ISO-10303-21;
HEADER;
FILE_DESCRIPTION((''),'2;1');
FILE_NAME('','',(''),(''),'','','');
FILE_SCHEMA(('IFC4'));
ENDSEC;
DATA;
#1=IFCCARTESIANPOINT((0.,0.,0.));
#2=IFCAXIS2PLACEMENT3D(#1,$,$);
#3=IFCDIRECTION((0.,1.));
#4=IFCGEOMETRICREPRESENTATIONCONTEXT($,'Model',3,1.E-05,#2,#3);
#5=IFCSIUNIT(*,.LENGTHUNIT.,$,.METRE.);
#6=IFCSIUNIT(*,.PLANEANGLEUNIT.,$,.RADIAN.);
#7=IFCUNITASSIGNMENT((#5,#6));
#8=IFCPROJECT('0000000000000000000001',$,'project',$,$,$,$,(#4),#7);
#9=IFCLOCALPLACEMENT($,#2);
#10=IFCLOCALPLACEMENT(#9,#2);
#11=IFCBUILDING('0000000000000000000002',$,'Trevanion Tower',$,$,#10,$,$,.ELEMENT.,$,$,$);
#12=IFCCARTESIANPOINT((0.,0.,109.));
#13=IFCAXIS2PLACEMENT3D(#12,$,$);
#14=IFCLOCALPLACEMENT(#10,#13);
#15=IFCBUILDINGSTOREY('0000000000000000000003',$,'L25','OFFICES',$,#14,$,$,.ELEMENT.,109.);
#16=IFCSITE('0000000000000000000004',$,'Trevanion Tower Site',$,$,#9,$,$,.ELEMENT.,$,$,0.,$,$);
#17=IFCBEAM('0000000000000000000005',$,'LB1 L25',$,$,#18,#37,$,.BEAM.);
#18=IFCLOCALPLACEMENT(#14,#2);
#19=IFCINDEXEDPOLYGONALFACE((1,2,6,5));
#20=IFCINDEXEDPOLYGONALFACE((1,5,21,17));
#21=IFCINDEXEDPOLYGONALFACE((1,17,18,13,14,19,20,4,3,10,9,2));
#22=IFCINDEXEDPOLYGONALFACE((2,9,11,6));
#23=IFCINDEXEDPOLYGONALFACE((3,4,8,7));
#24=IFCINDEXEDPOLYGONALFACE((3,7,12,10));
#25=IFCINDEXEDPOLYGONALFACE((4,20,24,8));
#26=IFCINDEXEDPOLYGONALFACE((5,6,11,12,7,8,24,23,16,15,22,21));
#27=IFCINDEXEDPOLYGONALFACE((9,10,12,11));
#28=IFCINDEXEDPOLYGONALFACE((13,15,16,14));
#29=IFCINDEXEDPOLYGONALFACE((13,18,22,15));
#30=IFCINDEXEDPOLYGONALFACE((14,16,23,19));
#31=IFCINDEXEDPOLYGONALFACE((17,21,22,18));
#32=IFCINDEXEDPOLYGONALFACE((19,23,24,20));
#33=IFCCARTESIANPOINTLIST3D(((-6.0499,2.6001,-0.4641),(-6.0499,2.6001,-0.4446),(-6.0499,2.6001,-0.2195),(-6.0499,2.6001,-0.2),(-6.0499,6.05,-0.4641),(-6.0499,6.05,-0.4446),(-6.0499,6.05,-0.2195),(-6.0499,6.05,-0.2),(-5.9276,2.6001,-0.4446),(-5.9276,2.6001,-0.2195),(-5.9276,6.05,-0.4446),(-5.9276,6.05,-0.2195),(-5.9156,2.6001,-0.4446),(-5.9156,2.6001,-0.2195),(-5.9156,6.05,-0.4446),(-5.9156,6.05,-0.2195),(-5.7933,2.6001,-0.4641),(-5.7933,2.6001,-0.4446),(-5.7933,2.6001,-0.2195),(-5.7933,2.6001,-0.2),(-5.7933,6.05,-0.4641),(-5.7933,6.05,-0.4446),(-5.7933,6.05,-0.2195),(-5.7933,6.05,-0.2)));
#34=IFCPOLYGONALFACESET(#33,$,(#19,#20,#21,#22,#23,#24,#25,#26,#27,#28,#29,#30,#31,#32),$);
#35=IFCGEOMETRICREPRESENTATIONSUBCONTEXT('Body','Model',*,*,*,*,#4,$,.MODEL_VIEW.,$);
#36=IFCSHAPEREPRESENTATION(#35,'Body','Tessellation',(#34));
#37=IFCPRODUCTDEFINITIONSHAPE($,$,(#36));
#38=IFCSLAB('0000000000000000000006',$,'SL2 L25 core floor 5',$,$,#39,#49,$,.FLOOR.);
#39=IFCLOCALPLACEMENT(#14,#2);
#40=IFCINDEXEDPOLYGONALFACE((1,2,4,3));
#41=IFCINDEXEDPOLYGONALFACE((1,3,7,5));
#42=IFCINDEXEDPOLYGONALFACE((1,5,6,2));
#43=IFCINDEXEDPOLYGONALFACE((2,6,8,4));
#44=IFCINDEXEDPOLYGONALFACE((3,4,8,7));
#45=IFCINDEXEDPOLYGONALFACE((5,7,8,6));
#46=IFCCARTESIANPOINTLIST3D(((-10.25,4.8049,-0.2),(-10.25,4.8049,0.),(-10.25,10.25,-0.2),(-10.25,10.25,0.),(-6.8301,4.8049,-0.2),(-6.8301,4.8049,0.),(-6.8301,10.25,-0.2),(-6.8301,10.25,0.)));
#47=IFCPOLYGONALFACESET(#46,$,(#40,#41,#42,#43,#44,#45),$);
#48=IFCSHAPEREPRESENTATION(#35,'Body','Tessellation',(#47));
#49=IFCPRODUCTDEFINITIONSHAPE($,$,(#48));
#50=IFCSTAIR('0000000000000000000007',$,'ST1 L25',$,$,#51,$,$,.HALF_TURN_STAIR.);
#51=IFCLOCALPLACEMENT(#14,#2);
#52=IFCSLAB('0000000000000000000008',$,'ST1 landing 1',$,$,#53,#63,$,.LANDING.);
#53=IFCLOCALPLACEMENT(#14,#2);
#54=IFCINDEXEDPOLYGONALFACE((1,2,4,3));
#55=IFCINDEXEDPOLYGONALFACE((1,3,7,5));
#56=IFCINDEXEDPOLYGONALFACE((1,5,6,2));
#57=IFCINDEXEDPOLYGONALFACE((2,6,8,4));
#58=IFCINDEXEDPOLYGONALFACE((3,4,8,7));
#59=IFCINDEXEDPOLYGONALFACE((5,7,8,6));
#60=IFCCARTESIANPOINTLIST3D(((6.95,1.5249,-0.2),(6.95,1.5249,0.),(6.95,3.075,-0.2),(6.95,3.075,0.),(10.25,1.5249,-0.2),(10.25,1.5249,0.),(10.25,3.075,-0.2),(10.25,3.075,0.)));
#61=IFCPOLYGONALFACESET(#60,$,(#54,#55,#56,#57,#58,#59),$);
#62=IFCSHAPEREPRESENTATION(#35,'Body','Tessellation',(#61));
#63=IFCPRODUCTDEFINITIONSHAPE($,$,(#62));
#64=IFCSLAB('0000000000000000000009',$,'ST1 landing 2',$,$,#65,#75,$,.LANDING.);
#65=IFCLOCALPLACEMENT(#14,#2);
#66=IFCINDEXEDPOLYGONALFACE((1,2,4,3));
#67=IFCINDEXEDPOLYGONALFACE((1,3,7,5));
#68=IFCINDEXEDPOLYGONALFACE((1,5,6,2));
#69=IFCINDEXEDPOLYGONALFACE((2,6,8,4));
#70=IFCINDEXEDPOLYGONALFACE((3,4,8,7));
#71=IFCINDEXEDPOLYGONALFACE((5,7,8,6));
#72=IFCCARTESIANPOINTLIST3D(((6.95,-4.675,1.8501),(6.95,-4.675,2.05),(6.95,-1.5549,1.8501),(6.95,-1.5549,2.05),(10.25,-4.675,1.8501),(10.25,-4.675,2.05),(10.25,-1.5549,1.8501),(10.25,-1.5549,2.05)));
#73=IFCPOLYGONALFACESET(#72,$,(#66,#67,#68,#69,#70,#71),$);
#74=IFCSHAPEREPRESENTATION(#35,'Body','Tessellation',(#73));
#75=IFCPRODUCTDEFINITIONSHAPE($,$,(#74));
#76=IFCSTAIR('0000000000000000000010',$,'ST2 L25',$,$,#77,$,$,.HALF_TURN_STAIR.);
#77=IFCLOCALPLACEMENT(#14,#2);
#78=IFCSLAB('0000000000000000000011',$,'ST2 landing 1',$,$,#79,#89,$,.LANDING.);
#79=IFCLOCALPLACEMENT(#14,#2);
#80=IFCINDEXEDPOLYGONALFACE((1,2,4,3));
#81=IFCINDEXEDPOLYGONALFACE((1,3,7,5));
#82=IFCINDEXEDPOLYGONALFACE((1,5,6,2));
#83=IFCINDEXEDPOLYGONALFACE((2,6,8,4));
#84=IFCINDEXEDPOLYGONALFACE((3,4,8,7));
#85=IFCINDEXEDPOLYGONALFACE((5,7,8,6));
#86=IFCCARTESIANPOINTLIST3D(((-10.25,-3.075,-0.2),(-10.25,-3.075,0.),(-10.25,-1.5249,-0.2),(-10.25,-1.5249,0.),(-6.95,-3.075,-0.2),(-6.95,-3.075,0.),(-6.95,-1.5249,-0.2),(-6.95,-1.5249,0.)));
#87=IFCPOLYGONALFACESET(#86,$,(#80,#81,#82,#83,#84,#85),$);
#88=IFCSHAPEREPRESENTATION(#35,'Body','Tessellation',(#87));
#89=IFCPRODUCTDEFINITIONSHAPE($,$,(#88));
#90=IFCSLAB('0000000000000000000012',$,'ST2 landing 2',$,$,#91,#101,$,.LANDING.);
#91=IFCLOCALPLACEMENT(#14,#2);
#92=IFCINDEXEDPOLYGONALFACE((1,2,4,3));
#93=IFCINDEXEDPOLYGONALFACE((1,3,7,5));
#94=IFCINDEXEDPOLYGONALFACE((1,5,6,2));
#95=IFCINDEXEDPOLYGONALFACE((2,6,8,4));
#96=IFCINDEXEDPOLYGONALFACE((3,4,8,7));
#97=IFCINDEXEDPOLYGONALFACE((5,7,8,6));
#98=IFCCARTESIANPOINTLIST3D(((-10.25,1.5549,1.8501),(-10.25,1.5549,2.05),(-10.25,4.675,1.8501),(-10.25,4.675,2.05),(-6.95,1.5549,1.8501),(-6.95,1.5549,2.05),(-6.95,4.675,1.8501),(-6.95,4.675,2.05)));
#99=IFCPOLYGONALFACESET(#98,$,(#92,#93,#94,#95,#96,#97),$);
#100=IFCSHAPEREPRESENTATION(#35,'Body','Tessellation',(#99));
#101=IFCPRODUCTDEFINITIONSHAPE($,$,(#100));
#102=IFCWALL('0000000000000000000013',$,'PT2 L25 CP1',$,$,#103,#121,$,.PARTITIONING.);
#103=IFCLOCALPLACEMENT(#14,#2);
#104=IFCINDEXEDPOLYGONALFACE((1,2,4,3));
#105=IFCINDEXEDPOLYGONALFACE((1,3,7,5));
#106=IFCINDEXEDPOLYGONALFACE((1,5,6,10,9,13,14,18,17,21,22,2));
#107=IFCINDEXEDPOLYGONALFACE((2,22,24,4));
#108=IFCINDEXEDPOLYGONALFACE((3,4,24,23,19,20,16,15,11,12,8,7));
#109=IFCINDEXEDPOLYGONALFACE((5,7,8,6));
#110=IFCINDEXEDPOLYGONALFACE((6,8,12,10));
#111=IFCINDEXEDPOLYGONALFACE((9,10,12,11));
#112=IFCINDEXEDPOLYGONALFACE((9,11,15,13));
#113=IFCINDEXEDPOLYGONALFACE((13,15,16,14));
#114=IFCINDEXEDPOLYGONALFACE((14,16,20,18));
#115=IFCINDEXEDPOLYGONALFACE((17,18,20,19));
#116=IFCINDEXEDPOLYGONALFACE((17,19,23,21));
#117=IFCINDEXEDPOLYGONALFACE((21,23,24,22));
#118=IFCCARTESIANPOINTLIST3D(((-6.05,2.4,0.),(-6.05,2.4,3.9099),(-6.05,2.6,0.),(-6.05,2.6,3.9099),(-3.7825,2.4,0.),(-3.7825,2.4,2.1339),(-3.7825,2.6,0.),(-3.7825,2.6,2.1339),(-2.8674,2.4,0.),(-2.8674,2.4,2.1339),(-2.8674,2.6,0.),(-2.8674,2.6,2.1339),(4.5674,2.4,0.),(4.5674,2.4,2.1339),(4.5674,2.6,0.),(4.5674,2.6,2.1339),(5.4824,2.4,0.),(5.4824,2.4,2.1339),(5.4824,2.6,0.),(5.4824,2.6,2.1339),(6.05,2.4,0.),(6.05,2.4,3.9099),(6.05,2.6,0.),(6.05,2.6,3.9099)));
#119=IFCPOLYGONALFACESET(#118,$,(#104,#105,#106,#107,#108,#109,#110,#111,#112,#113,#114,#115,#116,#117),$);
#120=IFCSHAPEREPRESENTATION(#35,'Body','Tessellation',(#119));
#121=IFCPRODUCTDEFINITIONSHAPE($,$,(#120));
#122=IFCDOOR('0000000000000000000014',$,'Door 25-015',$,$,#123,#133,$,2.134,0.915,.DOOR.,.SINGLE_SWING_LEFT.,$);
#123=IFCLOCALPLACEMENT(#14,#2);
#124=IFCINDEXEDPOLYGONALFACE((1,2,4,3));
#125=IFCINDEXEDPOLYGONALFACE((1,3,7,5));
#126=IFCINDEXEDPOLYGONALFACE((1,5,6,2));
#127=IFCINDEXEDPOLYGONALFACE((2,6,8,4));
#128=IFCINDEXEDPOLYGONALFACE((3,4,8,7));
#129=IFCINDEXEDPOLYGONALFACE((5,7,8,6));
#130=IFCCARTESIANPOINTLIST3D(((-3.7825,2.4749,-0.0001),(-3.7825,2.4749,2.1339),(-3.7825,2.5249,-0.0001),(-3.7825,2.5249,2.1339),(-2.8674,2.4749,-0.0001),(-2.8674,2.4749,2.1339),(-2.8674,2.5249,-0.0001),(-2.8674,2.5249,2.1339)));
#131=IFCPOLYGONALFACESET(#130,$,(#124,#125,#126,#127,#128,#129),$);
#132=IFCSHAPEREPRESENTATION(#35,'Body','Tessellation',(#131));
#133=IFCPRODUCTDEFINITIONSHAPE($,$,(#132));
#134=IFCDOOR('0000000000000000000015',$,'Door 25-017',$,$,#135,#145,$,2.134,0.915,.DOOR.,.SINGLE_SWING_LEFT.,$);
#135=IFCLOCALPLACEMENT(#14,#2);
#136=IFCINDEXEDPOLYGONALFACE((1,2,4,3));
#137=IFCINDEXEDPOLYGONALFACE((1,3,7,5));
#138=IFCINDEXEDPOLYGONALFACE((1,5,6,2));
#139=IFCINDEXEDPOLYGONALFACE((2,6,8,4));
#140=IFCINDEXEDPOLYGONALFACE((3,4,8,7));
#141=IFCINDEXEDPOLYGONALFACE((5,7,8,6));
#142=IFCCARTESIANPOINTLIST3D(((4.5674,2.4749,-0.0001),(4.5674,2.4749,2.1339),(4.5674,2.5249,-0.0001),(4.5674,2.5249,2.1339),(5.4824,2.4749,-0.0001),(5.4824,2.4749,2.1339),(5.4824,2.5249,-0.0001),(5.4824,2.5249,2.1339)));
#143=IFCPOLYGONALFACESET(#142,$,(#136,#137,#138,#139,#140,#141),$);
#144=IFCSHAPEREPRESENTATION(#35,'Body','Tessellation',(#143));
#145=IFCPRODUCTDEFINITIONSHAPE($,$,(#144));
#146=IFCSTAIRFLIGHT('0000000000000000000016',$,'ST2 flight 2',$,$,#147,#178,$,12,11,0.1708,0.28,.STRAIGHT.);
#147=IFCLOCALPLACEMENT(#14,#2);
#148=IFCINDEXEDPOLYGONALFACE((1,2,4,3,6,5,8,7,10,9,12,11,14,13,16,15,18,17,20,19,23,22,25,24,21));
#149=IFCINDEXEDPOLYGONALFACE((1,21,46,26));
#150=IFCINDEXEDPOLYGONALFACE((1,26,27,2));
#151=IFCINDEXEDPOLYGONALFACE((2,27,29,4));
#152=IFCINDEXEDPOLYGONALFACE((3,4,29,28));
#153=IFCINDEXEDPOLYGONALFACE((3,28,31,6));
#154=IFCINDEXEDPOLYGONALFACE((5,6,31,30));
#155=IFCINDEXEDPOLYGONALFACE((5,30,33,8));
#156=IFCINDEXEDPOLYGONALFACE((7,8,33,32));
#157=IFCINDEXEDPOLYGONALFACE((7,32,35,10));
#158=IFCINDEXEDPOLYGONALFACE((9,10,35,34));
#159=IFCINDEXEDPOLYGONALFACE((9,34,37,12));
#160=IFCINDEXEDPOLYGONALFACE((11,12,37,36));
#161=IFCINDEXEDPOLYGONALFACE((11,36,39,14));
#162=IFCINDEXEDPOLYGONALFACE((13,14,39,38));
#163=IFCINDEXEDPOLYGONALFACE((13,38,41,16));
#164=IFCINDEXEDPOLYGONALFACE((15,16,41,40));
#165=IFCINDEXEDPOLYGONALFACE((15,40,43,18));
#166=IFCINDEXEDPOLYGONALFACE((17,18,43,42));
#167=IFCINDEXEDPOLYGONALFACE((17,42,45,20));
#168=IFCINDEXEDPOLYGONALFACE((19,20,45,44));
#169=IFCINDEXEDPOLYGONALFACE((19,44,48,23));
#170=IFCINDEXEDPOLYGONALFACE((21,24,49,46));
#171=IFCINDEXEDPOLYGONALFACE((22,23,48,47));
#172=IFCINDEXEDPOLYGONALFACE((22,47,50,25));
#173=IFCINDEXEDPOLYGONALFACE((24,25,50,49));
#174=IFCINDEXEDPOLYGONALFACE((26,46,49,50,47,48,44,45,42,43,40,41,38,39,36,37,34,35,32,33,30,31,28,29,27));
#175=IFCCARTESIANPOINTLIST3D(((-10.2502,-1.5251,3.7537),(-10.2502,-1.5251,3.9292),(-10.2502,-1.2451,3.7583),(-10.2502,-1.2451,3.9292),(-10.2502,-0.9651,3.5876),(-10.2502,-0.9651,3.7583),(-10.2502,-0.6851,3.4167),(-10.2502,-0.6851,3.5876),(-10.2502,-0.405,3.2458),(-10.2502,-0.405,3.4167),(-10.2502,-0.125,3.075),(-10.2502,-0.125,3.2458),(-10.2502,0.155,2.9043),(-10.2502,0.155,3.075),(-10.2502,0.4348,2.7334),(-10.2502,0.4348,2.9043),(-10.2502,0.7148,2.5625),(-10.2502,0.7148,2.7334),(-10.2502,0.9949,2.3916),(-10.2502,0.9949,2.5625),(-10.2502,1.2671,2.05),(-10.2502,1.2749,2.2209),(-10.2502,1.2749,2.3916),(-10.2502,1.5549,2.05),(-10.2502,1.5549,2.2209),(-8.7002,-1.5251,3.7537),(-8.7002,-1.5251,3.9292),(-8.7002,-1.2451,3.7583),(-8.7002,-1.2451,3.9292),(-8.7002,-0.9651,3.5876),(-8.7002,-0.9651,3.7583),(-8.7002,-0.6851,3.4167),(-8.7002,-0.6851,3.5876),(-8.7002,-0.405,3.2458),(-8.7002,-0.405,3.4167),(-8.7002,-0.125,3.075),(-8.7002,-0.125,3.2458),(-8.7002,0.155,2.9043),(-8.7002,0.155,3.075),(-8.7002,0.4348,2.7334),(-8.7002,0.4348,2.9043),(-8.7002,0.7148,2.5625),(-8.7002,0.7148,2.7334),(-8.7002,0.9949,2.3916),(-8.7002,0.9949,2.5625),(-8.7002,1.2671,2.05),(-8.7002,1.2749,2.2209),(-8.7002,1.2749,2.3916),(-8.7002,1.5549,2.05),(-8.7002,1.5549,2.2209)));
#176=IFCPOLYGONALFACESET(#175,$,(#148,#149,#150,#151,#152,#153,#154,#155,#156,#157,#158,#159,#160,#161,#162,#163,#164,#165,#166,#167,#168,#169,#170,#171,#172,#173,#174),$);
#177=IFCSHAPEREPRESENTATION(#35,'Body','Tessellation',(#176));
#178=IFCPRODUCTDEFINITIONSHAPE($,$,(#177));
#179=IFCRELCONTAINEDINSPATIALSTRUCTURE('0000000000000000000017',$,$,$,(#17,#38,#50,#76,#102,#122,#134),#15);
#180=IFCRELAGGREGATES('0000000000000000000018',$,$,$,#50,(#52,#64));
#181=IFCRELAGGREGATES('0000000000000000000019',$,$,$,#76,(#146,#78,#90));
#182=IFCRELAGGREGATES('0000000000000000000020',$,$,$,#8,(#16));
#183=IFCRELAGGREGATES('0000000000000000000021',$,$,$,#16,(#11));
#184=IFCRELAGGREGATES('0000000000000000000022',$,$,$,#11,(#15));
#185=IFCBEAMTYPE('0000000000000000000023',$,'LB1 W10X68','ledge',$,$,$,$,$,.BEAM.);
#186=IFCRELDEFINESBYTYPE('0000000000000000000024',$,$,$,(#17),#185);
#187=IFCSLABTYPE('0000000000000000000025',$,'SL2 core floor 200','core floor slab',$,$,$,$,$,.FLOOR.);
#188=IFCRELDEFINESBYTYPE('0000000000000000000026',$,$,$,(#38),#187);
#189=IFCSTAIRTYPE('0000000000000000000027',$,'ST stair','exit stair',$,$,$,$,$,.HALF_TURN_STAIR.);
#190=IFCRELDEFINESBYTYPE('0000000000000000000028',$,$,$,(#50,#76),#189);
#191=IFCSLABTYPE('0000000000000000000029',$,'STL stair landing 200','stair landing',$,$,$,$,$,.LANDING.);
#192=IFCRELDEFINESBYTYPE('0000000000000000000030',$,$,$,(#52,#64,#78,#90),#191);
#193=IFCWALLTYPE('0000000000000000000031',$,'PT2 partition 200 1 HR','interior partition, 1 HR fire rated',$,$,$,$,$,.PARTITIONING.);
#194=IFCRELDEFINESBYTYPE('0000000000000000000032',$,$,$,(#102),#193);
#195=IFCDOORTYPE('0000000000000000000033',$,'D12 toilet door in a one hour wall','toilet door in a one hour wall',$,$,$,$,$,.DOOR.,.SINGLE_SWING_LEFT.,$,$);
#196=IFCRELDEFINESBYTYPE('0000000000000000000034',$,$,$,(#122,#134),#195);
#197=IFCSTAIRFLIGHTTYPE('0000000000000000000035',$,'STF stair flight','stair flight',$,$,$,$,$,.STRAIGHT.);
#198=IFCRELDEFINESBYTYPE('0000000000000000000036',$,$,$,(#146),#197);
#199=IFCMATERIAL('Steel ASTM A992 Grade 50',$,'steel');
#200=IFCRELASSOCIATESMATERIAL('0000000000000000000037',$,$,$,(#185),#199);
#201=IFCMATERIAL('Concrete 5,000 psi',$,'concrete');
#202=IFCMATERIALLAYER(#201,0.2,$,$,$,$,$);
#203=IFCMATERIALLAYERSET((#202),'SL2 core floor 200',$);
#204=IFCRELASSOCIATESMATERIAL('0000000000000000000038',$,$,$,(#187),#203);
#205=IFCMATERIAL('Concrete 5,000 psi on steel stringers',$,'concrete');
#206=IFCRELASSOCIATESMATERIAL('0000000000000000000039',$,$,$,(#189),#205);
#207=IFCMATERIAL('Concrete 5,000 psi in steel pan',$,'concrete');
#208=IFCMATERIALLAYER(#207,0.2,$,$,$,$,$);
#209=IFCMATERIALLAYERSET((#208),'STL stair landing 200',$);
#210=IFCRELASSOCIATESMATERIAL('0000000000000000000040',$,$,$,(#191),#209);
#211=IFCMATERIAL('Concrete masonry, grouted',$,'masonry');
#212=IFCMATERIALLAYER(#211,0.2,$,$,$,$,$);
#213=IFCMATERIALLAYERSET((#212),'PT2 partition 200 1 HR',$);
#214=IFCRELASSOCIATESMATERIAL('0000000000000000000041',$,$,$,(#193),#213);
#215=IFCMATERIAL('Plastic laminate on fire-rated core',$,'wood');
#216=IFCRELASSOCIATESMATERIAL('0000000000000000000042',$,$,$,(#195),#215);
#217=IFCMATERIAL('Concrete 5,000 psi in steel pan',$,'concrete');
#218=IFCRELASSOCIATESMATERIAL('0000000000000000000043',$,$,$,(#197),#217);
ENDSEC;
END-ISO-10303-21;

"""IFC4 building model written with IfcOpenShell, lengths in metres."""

from ifc_helpers import new_model, si_unit, direction, frame, frame_2d, origin, origin_2d, place, context, subcontext, project, spatial, polyline, rectangle, i_section, outline, extrude, material, layer, layer_set, material_profile, profile_set, type_object, element, fill, aggregate, save


model = new_model("IFC4")

# Units and contexts
model_context = context("Model", 3, precision=1e-05, world=origin(), true_north=direction((0.0, 1.0)))
body_context = subcontext(model_context, "Body", "Model", "MODEL_VIEW")
ifc_project = project(units=[si_unit("LENGTHUNIT", "METRE"), si_unit("PLANEANGLEUNIT", "RADIAN")], contexts=[model_context])

# Site, building, storey
site_placement = place(None, origin())
site = spatial("IfcSite", under=ifc_project, at=site_placement, Name="Trevanion Tower Site", CompositionType="ELEMENT", RefElevation=0.0)
building_placement = place(site_placement, origin())
building = spatial("IfcBuilding", under=site, at=building_placement, Name="Trevanion Tower", CompositionType="ELEMENT")
storey_placement = place(building_placement, frame((0.0, 0.0, 109.0)))
storey = spatial("IfcBuildingStorey", under=building, at=storey_placement, Name="L25", Description="OFFICES", CompositionType="ELEMENT", Elevation=109.0)

# Beam
ifc_material_1 = material(Name="Steel ASTM A992 Grade 50", Category="steel")
ifc_material_profile = material_profile(ifc_material_1, i_section(OverallWidth=0.2566, OverallDepth=0.2642, WebThickness=0.012, FlangeThickness=0.0195, at=origin_2d()), Name="W10X68")
ifc_profile_set = profile_set([ifc_material_profile], Name="Steel ASTM A992 Grade 50")
beam_type = type_object("IfcBeamType", Name="LB1 W10X68", Description="ledge", PredefinedType="BEAM", material=ifc_profile_set)
beam_placement = place(storey_placement, frame((-5.9216, 2.6001, -0.332), z_axis=(0.0, 1.0, 0.0), x_axis=(-1.0, 0.0, 0.0)))
element("IfcBeam", 1, at=beam_placement, inside=storey, type_object=beam_type, Name="LB1 L25", PredefinedType="BEAM", context=body_context, shape_type="SweptSolid", body=[
    extrude(i_section(OverallWidth=0.2566, OverallDepth=0.2642, WebThickness=0.012, FlangeThickness=0.0195, at=origin_2d()), origin(), (0.0, 0.0, 1.0), 3.45),
])

# Slab
ifc_material_2 = material(Name="Concrete 5,000 psi", Category="concrete")
ifc_layer_1 = layer(ifc_material_2, 0.2)
ifc_layer_set_1 = layer_set([ifc_layer_1], Name="SL2 core floor 200")
slab_type_1 = type_object("IfcSlabType", Name="SL2 core floor 200", Description="core floor slab", PredefinedType="FLOOR", material=ifc_layer_set_1)
slab_1_placement = place(storey_placement, frame((0.0, 0.0, -0.2)))
element("IfcSlab", 2, at=slab_1_placement, inside=storey, type_object=slab_type_1, Name="SL2 L25 core floor 5", PredefinedType="FLOOR", context=body_context, shape_type="SweptSolid", body=[
    extrude(outline(polyline([(-6.8301, 4.8049), (-10.25, 4.8049), (-10.25, 10.25), (-6.8301, 10.25), (-6.8301, 4.8049)])), origin(), (0.0, 0.0, 1.0), 0.2),
])

# Stairs, slabs
ifc_material_3 = material(Name="Concrete 5,000 psi on steel stringers", Category="concrete")
stair_type = type_object("IfcStairType", Name="ST stair", Description="exit stair", PredefinedType="HALF_TURN_STAIR", material=ifc_material_3)
stair_1_placement = place(storey_placement, origin())
stair_1 = element("IfcStair", 3, at=stair_1_placement, inside=storey, type_object=stair_type, Name="ST1 L25", PredefinedType="HALF_TURN_STAIR")
ifc_material_4 = material(Name="Concrete 5,000 psi in steel pan", Category="concrete")
ifc_layer_2 = layer(ifc_material_4, 0.2)
ifc_layer_set_2 = layer_set([ifc_layer_2], Name="STL stair landing 200")
slab_type_2 = type_object("IfcSlabType", Name="STL stair landing 200", Description="stair landing", PredefinedType="LANDING", material=ifc_layer_set_2)
slab_2_placement = place(storey_placement, frame((0.0, 0.0, -0.2)))
slab_2 = element("IfcSlab", 4, at=slab_2_placement, type_object=slab_type_2, Name="ST1 landing 1", PredefinedType="LANDING", context=body_context, shape_type="SweptSolid", body=[
    extrude(outline(polyline([(6.95, 1.5249), (10.25, 1.5249), (10.25, 3.075), (6.95, 3.075), (6.95, 1.5249)])), origin(), (0.0, 0.0, 1.0), 0.2),
])
slab_3_placement = place(storey_placement, frame((0.0, 0.0, 1.8501)))
slab_3 = element("IfcSlab", 5, at=slab_3_placement, type_object=slab_type_2, Name="ST1 landing 2", PredefinedType="LANDING", context=body_context, shape_type="SweptSolid", body=[
    extrude(outline(polyline([(6.95, -4.675), (10.25, -4.675), (10.25, -1.5549), (6.95, -1.5549), (6.95, -4.675)])), origin(), (0.0, 0.0, 1.0), 0.2),
])
aggregate(stair_1, [slab_2, slab_3])
stair_2_placement = place(storey_placement, origin())
stair_2 = element("IfcStair", 6, at=stair_2_placement, inside=storey, type_object=stair_type, Name="ST2 L25", PredefinedType="HALF_TURN_STAIR")
slab_4_placement = place(storey_placement, frame((0.0, 0.0, -0.2)))
slab_4 = element("IfcSlab", 7, at=slab_4_placement, type_object=slab_type_2, Name="ST2 landing 1", PredefinedType="LANDING", context=body_context, shape_type="SweptSolid", body=[
    extrude(outline(polyline([(-6.95, -1.5249), (-10.25, -1.5249), (-10.25, -3.075), (-6.95, -3.075), (-6.95, -1.5249)])), origin(), (0.0, 0.0, 1.0), 0.2),
])
slab_5_placement = place(storey_placement, frame((0.0, 0.0, 1.8501)))
slab_5 = element("IfcSlab", 8, at=slab_5_placement, type_object=slab_type_2, Name="ST2 landing 2", PredefinedType="LANDING", context=body_context, shape_type="SweptSolid", body=[
    extrude(outline(polyline([(-6.95, 4.675), (-10.25, 4.675), (-10.25, 1.5549), (-6.95, 1.5549), (-6.95, 4.675)])), origin(), (0.0, 0.0, 1.0), 0.2),
])

# Wall, openings, doors
ifc_material_5 = material(Name="Concrete masonry, grouted", Category="masonry")
ifc_layer_3 = layer(ifc_material_5, 0.2)
ifc_layer_set_3 = layer_set([ifc_layer_3], Name="PT2 partition 200 1 HR")
wall_type = type_object("IfcWallType", Name="PT2 partition 200 1 HR", Description="interior partition, 1 HR fire rated", PredefinedType="PARTITIONING", material=ifc_layer_set_3)
wall_placement = place(storey_placement, frame((-6.05, 2.5, 0.0), z_axis=(0.0, 0.0, 1.0), x_axis=(1.0, 0.0, 0.0)))
wall = element("IfcWall", 9, at=wall_placement, inside=storey, type_object=wall_type, Name="PT2 L25 CP1", PredefinedType="PARTITIONING", context=body_context, shape_type="SweptSolid", body=[
    extrude(rectangle(XDim=12.1001, YDim=0.2, at=frame_2d((6.05, 0.0))), origin(), (0.0, 0.0, 1.0), 3.9099),
])
opening_1_placement = place(wall_placement, frame((2.2676, 0.0, 0.0)))
opening_1 = element("IfcOpeningElement", 10, at=opening_1_placement, cuts=wall, PredefinedType="OPENING", context=body_context, shape_type="SweptSolid", body=[
    extrude(rectangle(XDim=0.915, YDim=2.134, at=frame_2d((0.4575, 1.0669))), frame((0.0, 0.1099, 0.0), z_axis=(0.0, -1.0, 0.0), x_axis=(1.0, 0.0, 0.0)), (0.0, 0.0, 1.0), 0.22),
])
opening_2_placement = place(wall_placement, frame((10.6174, 0.0, 0.0)))
opening_2 = element("IfcOpeningElement", 11, at=opening_2_placement, cuts=wall, PredefinedType="OPENING", context=body_context, shape_type="SweptSolid", body=[
    extrude(rectangle(XDim=0.915, YDim=2.134, at=frame_2d((0.4575, 1.0669))), frame((0.0, 0.1099, 0.0), z_axis=(0.0, -1.0, 0.0), x_axis=(1.0, 0.0, 0.0)), (0.0, 0.0, 1.0), 0.22),
])
ifc_material_6 = material(Name="Plastic laminate on fire-rated core", Category="wood")
door_type = type_object("IfcDoorType", Name="D12 toilet door in a one hour wall", Description="toilet door in a one hour wall", OperationType="SINGLE_SWING_LEFT", PredefinedType="DOOR", material=ifc_material_6)
door_1_placement = place(opening_1_placement, origin())
door_1 = element("IfcDoor", 12, at=door_1_placement, inside=storey, type_object=door_type, Name="Door 25-015", OperationType="SINGLE_SWING_LEFT", OverallHeight=2.134, OverallWidth=0.915, PredefinedType="DOOR", context=body_context, shape_type="SweptSolid", body=[
    extrude(rectangle(XDim=0.915, YDim=2.134, at=frame_2d((0.4575, 1.0669))), frame((0.0, 0.0249, 0.0), z_axis=(0.0, -1.0, 0.0), x_axis=(1.0, 0.0, 0.0)), (0.0, 0.0, 1.0), 0.05),
])
fill(opening_1, door_1)
door_2_placement = place(opening_2_placement, origin())
door_2 = element("IfcDoor", 13, at=door_2_placement, inside=storey, type_object=door_type, Name="Door 25-017", OperationType="SINGLE_SWING_LEFT", OverallHeight=2.134, OverallWidth=0.915, PredefinedType="DOOR", context=body_context, shape_type="SweptSolid", body=[
    extrude(rectangle(XDim=0.915, YDim=2.134, at=frame_2d((0.4575, 1.0669))), frame((0.0, 0.0249, 0.0), z_axis=(0.0, -1.0, 0.0), x_axis=(1.0, 0.0, 0.0)), (0.0, 0.0, 1.0), 0.05),
])
fill(opening_2, door_2)

# Stair flight
ifc_material_7 = material(Name="Concrete 5,000 psi in steel pan", Category="concrete")
stair_flight_type = type_object("IfcStairFlightType", Name="STF stair flight", Description="stair flight", PredefinedType="STRAIGHT", material=ifc_material_7)
stair_flight_placement = place(storey_placement, frame((-9.4751, 1.5549, 2.05), z_axis=(0.0, 0.0, 1.0), x_axis=(0.0, -1.0, 0.0)))
stair_flight = element("IfcStairFlight", 14, at=stair_flight_placement, type_object=stair_flight_type, Name="ST2 flight 2", NumberOfRisers=12, NumberOfTreads=11, PredefinedType="STRAIGHT", RiserHeight=0.1708, TreadLength=0.28, context=body_context, shape_type="SweptSolid", body=[
    extrude(outline(polyline([(0.0, 0.0), (0.0, 0.1709), (0.28, 0.1709), (0.28, 0.3416), (0.5601, 0.3416), (0.5601, 0.5125), (0.8401, 0.5125), (0.8401, 0.6833), (1.1201, 0.6833), (1.1201, 0.8542), (1.3999, 0.8542), (1.3999, 1.0249), (1.6799, 1.0249), (1.6799, 1.1958), (1.96, 1.1958), (1.96, 1.3667), (2.24, 1.3667), (2.24, 1.5376), (2.52, 1.5376), (2.52, 1.7083), (2.8, 1.7083), (2.8, 1.8792), (3.0801, 1.8792), (3.0801, 2.05), (3.0801, 1.7036), (0.2878, 0.0), (0.0, 0.0)])), frame((0.0, 0.7749, 0.0), z_axis=(0.0, -1.0, 0.0), x_axis=(1.0, 0.0, 0.0)), (0.0, 0.0, 1.0), 1.55),
])
aggregate(stair_2, [stair_flight, slab_4, slab_5])

save(model, "model.ifc")
